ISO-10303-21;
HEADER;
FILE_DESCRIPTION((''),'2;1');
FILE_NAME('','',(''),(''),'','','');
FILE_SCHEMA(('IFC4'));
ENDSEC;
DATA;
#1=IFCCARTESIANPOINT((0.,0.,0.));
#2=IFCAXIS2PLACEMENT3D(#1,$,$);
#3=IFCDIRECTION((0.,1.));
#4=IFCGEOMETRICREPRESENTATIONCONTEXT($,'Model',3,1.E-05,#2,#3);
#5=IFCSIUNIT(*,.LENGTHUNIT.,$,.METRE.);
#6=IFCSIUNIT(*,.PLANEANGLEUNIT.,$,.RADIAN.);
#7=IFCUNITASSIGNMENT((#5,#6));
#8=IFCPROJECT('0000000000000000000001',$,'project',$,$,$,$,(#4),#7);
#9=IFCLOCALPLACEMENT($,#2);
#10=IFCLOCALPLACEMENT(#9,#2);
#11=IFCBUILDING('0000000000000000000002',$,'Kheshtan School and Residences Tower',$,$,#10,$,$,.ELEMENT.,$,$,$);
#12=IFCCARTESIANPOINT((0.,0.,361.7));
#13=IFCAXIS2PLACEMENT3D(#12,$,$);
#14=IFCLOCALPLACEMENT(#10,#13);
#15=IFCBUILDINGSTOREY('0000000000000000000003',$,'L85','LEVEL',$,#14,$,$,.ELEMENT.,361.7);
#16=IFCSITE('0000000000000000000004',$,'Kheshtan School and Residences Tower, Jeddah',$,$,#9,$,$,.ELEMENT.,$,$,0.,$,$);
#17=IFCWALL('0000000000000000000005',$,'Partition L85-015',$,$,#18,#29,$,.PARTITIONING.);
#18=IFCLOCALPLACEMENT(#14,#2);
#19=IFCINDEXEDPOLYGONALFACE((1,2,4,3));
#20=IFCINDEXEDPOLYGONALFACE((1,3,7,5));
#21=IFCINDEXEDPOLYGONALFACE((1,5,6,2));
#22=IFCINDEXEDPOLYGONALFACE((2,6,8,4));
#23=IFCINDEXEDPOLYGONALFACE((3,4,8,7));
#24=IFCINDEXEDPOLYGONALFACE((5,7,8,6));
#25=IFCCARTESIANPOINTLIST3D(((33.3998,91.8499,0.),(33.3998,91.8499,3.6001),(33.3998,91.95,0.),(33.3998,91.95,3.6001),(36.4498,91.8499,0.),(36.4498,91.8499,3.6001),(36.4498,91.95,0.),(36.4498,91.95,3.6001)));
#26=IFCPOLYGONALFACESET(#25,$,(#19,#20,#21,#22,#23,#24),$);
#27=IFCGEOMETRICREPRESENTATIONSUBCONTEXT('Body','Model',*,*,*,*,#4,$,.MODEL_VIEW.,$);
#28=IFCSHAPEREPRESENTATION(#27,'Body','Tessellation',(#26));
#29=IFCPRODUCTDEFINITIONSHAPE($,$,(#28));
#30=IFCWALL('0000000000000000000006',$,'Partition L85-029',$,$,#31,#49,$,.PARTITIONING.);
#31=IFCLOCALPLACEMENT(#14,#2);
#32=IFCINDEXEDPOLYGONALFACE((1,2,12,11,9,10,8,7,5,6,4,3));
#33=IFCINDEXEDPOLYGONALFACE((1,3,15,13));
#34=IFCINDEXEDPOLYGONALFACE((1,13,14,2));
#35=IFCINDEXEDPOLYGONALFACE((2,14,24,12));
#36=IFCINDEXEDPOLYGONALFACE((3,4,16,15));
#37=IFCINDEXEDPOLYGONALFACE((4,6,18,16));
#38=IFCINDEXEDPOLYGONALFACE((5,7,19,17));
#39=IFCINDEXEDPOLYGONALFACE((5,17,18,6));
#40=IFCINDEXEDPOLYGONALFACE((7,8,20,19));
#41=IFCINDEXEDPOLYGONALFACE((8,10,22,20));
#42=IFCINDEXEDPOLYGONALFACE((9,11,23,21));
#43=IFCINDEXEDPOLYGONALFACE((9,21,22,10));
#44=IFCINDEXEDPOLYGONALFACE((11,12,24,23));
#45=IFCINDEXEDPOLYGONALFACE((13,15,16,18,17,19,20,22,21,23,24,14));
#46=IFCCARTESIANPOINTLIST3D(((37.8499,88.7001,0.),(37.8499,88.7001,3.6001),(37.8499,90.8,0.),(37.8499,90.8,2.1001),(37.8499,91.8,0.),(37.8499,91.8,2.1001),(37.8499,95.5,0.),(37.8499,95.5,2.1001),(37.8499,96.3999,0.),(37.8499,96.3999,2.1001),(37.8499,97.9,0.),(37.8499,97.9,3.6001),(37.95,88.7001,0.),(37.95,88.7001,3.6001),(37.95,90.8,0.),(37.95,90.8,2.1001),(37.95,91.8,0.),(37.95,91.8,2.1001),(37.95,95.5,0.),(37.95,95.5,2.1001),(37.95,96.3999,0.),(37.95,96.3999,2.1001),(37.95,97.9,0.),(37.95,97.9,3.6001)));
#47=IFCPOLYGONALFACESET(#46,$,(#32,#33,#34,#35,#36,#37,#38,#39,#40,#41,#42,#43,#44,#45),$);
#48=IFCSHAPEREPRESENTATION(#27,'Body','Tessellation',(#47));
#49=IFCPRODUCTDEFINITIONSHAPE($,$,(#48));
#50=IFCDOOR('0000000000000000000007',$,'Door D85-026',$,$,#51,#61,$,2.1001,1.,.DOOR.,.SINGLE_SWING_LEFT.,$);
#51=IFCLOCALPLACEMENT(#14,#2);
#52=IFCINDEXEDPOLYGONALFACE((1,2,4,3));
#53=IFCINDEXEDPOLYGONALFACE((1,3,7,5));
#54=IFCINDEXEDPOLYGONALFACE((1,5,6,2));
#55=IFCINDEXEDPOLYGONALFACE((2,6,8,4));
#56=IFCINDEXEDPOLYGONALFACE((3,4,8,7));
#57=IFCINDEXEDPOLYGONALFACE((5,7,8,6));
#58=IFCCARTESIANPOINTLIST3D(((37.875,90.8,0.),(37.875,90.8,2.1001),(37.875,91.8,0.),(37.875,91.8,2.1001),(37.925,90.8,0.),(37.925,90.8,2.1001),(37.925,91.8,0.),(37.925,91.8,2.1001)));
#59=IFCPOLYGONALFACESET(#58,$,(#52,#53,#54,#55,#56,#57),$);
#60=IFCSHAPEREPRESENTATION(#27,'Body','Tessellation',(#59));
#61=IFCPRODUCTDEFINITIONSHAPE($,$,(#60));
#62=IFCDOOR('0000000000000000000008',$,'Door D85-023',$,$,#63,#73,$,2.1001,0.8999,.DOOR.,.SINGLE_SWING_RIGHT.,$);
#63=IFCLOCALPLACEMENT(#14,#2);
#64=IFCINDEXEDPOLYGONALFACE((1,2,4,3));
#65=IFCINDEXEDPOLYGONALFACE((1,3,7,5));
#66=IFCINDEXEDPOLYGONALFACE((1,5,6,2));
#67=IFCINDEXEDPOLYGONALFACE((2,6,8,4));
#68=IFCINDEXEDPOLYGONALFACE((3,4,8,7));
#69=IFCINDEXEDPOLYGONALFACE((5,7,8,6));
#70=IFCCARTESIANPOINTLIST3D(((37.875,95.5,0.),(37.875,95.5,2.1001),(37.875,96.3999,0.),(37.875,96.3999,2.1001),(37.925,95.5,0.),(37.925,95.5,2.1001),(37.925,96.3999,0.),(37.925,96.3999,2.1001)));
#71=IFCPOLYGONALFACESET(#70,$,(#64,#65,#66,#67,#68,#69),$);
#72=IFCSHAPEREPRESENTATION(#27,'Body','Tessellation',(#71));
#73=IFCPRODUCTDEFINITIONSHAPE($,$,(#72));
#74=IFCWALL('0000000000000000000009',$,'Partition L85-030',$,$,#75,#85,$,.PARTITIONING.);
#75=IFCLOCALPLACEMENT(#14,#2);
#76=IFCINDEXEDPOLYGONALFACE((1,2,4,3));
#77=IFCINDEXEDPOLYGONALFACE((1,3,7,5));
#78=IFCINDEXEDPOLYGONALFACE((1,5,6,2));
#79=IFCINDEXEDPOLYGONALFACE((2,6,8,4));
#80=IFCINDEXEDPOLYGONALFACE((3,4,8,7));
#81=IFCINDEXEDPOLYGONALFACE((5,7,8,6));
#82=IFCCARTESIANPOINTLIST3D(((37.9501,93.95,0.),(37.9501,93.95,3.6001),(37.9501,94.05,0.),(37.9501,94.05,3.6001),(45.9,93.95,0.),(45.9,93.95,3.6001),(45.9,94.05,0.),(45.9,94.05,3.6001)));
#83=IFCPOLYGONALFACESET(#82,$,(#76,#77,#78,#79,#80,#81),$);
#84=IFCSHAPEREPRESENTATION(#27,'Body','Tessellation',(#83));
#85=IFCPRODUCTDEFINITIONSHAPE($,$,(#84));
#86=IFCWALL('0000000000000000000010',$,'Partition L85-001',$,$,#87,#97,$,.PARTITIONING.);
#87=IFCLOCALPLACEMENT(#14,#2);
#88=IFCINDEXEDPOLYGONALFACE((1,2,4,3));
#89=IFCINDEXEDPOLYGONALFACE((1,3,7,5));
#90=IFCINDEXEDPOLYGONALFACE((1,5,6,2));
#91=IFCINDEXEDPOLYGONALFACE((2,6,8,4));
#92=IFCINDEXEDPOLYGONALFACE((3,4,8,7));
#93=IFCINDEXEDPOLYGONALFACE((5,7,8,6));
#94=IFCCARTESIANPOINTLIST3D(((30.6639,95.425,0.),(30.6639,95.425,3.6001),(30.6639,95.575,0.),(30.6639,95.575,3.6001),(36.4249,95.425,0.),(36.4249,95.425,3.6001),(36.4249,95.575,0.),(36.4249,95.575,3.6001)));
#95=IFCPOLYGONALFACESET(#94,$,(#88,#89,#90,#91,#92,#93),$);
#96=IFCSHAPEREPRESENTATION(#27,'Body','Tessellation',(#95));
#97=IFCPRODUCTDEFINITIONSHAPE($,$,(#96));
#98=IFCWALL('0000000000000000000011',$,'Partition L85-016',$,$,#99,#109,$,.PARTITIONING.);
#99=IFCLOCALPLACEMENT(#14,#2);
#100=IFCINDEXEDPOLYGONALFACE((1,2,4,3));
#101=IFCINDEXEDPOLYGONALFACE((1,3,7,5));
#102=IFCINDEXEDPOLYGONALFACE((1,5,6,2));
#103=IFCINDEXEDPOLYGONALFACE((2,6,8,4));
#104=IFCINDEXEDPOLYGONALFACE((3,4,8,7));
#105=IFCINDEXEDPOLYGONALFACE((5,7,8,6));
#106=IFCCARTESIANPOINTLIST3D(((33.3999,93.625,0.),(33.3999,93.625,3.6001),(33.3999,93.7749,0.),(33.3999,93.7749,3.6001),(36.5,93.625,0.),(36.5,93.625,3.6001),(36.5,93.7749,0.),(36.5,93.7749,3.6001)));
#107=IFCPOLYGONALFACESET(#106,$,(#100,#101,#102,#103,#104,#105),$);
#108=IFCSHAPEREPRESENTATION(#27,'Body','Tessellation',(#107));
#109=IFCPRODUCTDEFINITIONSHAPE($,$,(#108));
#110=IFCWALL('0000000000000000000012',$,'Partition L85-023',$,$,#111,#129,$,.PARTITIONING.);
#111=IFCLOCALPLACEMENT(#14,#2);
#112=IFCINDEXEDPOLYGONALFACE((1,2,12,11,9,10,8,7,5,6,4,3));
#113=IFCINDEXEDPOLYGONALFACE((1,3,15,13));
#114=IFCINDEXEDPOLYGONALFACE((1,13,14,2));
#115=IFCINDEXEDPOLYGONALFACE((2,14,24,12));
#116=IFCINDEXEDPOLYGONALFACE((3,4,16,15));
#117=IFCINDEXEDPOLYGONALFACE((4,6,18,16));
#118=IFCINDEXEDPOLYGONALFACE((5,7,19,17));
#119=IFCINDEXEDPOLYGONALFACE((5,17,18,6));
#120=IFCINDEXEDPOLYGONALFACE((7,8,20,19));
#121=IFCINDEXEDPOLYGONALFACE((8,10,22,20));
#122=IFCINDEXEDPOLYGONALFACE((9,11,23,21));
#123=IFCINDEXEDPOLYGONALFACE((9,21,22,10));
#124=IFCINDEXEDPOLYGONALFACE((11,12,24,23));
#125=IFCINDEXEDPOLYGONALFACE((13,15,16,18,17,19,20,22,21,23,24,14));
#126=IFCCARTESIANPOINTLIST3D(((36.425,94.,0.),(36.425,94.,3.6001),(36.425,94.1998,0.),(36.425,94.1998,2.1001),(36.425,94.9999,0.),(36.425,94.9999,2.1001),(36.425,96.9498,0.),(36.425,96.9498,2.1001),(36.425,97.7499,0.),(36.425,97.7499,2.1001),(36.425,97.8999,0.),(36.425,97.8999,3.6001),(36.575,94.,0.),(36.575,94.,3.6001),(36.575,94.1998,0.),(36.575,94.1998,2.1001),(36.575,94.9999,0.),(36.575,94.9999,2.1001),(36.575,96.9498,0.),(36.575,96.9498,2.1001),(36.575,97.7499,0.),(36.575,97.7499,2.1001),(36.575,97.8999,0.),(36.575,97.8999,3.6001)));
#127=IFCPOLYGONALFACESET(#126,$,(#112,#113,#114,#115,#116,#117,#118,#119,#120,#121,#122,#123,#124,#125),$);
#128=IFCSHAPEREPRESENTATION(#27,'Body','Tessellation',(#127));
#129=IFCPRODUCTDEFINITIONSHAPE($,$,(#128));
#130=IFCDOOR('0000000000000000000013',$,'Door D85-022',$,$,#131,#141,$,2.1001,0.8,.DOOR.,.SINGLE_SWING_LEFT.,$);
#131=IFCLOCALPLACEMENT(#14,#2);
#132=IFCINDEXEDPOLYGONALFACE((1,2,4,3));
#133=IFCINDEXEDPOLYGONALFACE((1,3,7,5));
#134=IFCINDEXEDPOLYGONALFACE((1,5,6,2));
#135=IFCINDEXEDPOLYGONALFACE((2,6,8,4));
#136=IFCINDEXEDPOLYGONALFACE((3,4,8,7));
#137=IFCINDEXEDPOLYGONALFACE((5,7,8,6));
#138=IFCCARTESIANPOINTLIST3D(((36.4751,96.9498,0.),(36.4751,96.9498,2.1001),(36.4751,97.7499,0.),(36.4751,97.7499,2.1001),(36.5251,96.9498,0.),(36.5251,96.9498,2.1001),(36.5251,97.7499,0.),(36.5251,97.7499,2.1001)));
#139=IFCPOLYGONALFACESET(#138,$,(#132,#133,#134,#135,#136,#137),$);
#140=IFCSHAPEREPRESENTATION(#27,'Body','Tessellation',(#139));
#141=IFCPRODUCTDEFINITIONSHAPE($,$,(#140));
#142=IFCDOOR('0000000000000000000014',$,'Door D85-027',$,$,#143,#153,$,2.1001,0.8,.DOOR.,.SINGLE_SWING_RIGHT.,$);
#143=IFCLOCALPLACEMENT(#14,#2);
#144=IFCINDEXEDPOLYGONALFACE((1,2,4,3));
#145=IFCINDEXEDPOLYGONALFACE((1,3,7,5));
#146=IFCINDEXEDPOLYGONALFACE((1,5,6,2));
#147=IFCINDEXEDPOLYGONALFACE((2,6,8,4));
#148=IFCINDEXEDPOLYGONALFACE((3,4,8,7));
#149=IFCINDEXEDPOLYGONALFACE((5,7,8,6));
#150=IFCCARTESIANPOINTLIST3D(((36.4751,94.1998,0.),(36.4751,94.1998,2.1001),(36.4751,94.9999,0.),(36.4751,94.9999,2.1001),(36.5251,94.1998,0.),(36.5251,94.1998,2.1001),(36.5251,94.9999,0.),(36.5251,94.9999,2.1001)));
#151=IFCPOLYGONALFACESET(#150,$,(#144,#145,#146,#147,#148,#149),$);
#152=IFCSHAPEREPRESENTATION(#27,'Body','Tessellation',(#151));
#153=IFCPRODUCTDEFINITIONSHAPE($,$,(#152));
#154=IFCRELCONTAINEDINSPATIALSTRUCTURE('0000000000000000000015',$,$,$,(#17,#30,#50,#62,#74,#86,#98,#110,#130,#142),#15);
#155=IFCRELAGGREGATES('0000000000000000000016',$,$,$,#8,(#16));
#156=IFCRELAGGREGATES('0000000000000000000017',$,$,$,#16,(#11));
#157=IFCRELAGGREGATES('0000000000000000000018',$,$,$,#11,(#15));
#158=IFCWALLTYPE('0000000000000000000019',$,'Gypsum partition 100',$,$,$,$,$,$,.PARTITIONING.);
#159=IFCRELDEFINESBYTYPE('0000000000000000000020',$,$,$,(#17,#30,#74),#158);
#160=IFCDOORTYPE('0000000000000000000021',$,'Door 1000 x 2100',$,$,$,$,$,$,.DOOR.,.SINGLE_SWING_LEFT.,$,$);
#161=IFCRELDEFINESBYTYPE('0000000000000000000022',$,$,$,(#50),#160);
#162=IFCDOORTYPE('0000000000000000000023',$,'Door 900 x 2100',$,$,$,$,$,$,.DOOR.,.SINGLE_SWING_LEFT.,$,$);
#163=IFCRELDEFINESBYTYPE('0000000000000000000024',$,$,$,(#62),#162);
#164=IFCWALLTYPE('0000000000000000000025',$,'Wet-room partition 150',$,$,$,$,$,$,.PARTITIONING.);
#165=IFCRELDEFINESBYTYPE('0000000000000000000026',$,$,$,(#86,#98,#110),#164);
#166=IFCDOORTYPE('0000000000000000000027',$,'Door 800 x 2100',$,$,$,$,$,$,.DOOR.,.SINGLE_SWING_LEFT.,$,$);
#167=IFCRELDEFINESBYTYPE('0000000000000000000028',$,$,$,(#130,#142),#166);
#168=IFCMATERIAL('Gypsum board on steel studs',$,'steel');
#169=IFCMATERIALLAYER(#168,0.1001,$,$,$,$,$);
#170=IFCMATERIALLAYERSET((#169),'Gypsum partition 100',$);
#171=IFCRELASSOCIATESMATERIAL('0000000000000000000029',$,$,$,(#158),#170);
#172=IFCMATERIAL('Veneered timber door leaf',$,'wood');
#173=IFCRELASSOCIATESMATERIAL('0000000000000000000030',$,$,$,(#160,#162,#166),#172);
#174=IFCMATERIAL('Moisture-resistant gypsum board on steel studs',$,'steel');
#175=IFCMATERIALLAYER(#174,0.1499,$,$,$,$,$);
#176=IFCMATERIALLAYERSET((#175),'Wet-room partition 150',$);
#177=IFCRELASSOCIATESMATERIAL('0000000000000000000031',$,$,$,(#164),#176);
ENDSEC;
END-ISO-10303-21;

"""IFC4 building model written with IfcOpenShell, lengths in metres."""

from ifc_helpers import new_model, si_unit, direction, frame, frame_2d, origin, place, context, subcontext, project, spatial, rectangle, extrude, source, transform, mapped, material, layer, layer_set, type_object, element, fill, save


model = new_model("IFC4")

# Units and contexts
model_context = context("Model", 3, precision=1e-05, world=origin(), true_north=direction((0.0, 1.0)))
body_context = subcontext(model_context, "Body", "Model", "MODEL_VIEW")
ifc_project = project(units=[si_unit("LENGTHUNIT", "METRE"), si_unit("PLANEANGLEUNIT", "RADIAN")], contexts=[model_context])

# Site, building, storey
site_placement = place(None, origin())
site = spatial("IfcSite", under=ifc_project, at=site_placement, Name="Kheshtan School and Residences Tower, Jeddah", CompositionType="ELEMENT", RefElevation=0.0)
building_placement = place(site_placement, origin())
building = spatial("IfcBuilding", under=site, at=building_placement, Name="Kheshtan School and Residences Tower", CompositionType="ELEMENT")
storey_placement = place(building_placement, frame((0.0, 0.0, 361.7)))
storey = spatial("IfcBuildingStorey", under=building, at=storey_placement, Name="L85", Description="LEVEL", CompositionType="ELEMENT", Elevation=361.7)

# Wall
ifc_material_1 = material(Name="Gypsum board on steel studs", Category="steel")
ifc_layer_1 = layer(ifc_material_1, 0.1001)
ifc_layer_set_1 = layer_set([ifc_layer_1], Name="Gypsum partition 100")
wall_type_1 = type_object("IfcWallType", Name="Gypsum partition 100", PredefinedType="PARTITIONING", material=ifc_layer_set_1)
wall_1_placement = place(storey_placement, frame((33.3999, 91.8999, 0.0), z_axis=(0.0, 0.0, 1.0), x_axis=(1.0, 0.0, 0.0)))
element("IfcWall", 1, at=wall_1_placement, inside=storey, type_object=wall_type_1, Name="Partition L85-015", PredefinedType="PARTITIONING", context=body_context, shape_type="SweptSolid", body=[
    extrude(rectangle(XDim=3.05, YDim=0.1001, at=frame_2d((1.5249, 0.0))), origin(), (0.0, 0.0, 1.0), 3.6001),
])

# Wall, openings, doors
wall_2_placement = place(storey_placement, frame((37.8999, 88.7, 0.0), z_axis=(0.0, 0.0, 1.0), x_axis=(0.0, 1.0, 0.0)))
wall_2 = element("IfcWall", 2, at=wall_2_placement, inside=storey, type_object=wall_type_1, Name="Partition L85-029", PredefinedType="PARTITIONING", context=body_context, shape_type="SweptSolid", body=[
    extrude(rectangle(XDim=9.2, YDim=0.1001, at=frame_2d((4.6001, 0.0))), origin(), (0.0, 0.0, 1.0), 3.6001),
])
opening_1_placement = place(wall_2_placement, frame((6.8, 0.0, 0.0)))
opening_1 = element("IfcOpeningElement", 3, at=opening_1_placement, cuts=wall_2, PredefinedType="OPENING", context=body_context, shape_type="SweptSolid", body=[
    extrude(rectangle(XDim=0.8999, YDim=2.1001, at=frame_2d((0.45, 1.05))), frame((0.0, 0.0601, 0.0), z_axis=(0.0, -1.0, 0.0), x_axis=(1.0, 0.0, 0.0)), (0.0, 0.0, 1.0), 0.1201),
])
opening_2_placement = place(wall_2_placement, frame((2.1001, 0.0, 0.0)))
opening_2 = element("IfcOpeningElement", 4, at=opening_2_placement, cuts=wall_2, PredefinedType="OPENING", context=body_context, shape_type="SweptSolid", body=[
    extrude(rectangle(XDim=1.0, YDim=2.1001, at=frame_2d((0.5, 1.05))), frame((0.0, 0.0601, 0.0), z_axis=(0.0, -1.0, 0.0), x_axis=(1.0, 0.0, 0.0)), (0.0, 0.0, 1.0), 0.1201),
])
ifc_material_2 = material(Name="Veneered timber door leaf", Category="wood")
door_type_1 = type_object("IfcDoorType", Name="Door 1000 x 2100", OperationType="SINGLE_SWING_LEFT", PredefinedType="DOOR", material=ifc_material_2)
shared_shape_1 = source(origin(), body_context, "Body", "SweptSolid", [
    extrude(rectangle(XDim=1.0, YDim=2.1001, at=frame_2d((0.5, 1.05))), frame((0.0, 0.0249, 0.0), z_axis=(0.0, -1.0, 0.0), x_axis=(1.0, 0.0, 0.0)), (0.0, 0.0, 1.0), 0.05),
])
door_1_placement = place(opening_2_placement, origin())
door_1 = element("IfcDoor", 5, at=door_1_placement, inside=storey, type_object=door_type_1, Name="Door D85-026", OperationType="SINGLE_SWING_LEFT", OverallHeight=2.1001, OverallWidth=1.0, PredefinedType="DOOR", context=body_context, shape_type="MappedRepresentation", body=[
    mapped(shared_shape_1, transform((0.0, 0.0, 0.0), x_axis=(1.0, 0.0, 0.0), y_axis=(0.0, 1.0, 0.0), z_axis=(0.0, 0.0, 1.0), scale=1.0)),
])
fill(opening_2, door_1)
door_type_2 = type_object("IfcDoorType", Name="Door 900 x 2100", OperationType="SINGLE_SWING_LEFT", PredefinedType="DOOR", material=ifc_material_2)
shared_shape_2 = source(origin(), body_context, "Body", "SweptSolid", [
    extrude(rectangle(XDim=0.8999, YDim=2.1001, at=frame_2d((0.45, 1.05))), frame((0.0, 0.0249, 0.0), z_axis=(0.0, -1.0, 0.0), x_axis=(1.0, 0.0, 0.0)), (0.0, 0.0, 1.0), 0.05),
])
door_2_placement = place(opening_1_placement, origin())
door_2 = element("IfcDoor", 6, at=door_2_placement, inside=storey, type_object=door_type_2, Name="Door D85-023", OperationType="SINGLE_SWING_RIGHT", OverallHeight=2.1001, OverallWidth=0.8999, PredefinedType="DOOR", context=body_context, shape_type="MappedRepresentation", body=[
    mapped(shared_shape_2, transform((0.0, 0.0, 0.0), x_axis=(1.0, 0.0, 0.0), y_axis=(0.0, 1.0, 0.0), z_axis=(0.0, 0.0, 1.0), scale=1.0)),
])
fill(opening_1, door_2)

# Walls
wall_3_placement = place(storey_placement, frame((37.95, 94.0, 0.0), z_axis=(0.0, 0.0, 1.0), x_axis=(1.0, 0.0, 0.0)))
element("IfcWall", 7, at=wall_3_placement, inside=storey, type_object=wall_type_1, Name="Partition L85-030", PredefinedType="PARTITIONING", context=body_context, shape_type="SweptSolid", body=[
    extrude(rectangle(XDim=7.95, YDim=0.1001, at=frame_2d((3.9751, 0.0))), origin(), (0.0, 0.0, 1.0), 3.6001),
])
ifc_material_3 = material(Name="Moisture-resistant gypsum board on steel studs", Category="steel")
ifc_layer_2 = layer(ifc_material_3, 0.1499)
ifc_layer_set_2 = layer_set([ifc_layer_2], Name="Wet-room partition 150")
wall_type_2 = type_object("IfcWallType", Name="Wet-room partition 150", PredefinedType="PARTITIONING", material=ifc_layer_set_2)
wall_4_placement = place(storey_placement, frame((30.6641, 95.5, 0.0), z_axis=(0.0, 0.0, 1.0), x_axis=(1.0, 0.0, 0.0)))
element("IfcWall", 8, at=wall_4_placement, inside=storey, type_object=wall_type_2, Name="Partition L85-001", PredefinedType="PARTITIONING", context=body_context, shape_type="SweptSolid", body=[
    extrude(rectangle(XDim=5.761, YDim=0.1499, at=frame_2d((2.8804, 0.0))), origin(), (0.0, 0.0, 1.0), 3.6001),
])
wall_5_placement = place(storey_placement, frame((33.3999, 93.7, 0.0), z_axis=(0.0, 0.0, 1.0), x_axis=(1.0, 0.0, 0.0)))
element("IfcWall", 9, at=wall_5_placement, inside=storey, type_object=wall_type_2, Name="Partition L85-016", PredefinedType="PARTITIONING", context=body_context, shape_type="SweptSolid", body=[
    extrude(rectangle(XDim=3.1001, YDim=0.1499, at=frame_2d((1.55, 0.0))), origin(), (0.0, 0.0, 1.0), 3.6001),
])

# Wall, openings, doors
wall_6_placement = place(storey_placement, frame((36.5, 94.0, 0.0), z_axis=(0.0, 0.0, 1.0), x_axis=(0.0, 1.0, 0.0)))
wall_6 = element("IfcWall", 10, at=wall_6_placement, inside=storey, type_object=wall_type_2, Name="Partition L85-023", PredefinedType="PARTITIONING", context=body_context, shape_type="SweptSolid", body=[
    extrude(rectangle(XDim=3.8999, YDim=0.1499, at=frame_2d((1.95, 0.0))), origin(), (0.0, 0.0, 1.0), 3.6001),
])
opening_3_placement = place(wall_6_placement, frame((2.95, 0.0, 0.0)))
opening_3 = element("IfcOpeningElement", 11, at=opening_3_placement, cuts=wall_6, PredefinedType="OPENING", context=body_context, shape_type="SweptSolid", body=[
    extrude(rectangle(XDim=0.8, YDim=2.1001, at=frame_2d((0.3999, 1.05))), frame((0.0, 0.085, 0.0), z_axis=(0.0, -1.0, 0.0), x_axis=(1.0, 0.0, 0.0)), (0.0, 0.0, 1.0), 0.1699),
])
opening_4_placement = place(wall_6_placement, frame((0.2, 0.0, 0.0)))
opening_4 = element("IfcOpeningElement", 12, at=opening_4_placement, cuts=wall_6, PredefinedType="OPENING", context=body_context, shape_type="SweptSolid", body=[
    extrude(rectangle(XDim=0.8, YDim=2.1001, at=frame_2d((0.3999, 1.05))), frame((0.0, 0.085, 0.0), z_axis=(0.0, -1.0, 0.0), x_axis=(1.0, 0.0, 0.0)), (0.0, 0.0, 1.0), 0.1699),
])
door_type_3 = type_object("IfcDoorType", Name="Door 800 x 2100", OperationType="SINGLE_SWING_LEFT", PredefinedType="DOOR", material=ifc_material_2)
shared_shape_3 = source(origin(), body_context, "Body", "SweptSolid", [
    extrude(rectangle(XDim=0.8, YDim=2.1001, at=frame_2d((0.3999, 1.05))), frame((0.0, 0.0249, 0.0), z_axis=(0.0, -1.0, 0.0), x_axis=(1.0, 0.0, 0.0)), (0.0, 0.0, 1.0), 0.05),
])
door_3_placement = place(opening_3_placement, origin())
door_3 = element("IfcDoor", 13, at=door_3_placement, inside=storey, type_object=door_type_3, Name="Door D85-022", OperationType="SINGLE_SWING_LEFT", OverallHeight=2.1001, OverallWidth=0.8, PredefinedType="DOOR", context=body_context, shape_type="MappedRepresentation", body=[
    mapped(shared_shape_3, transform((0.0, 0.0, 0.0), x_axis=(1.0, 0.0, 0.0), y_axis=(0.0, 1.0, 0.0), z_axis=(0.0, 0.0, 1.0), scale=1.0)),
])
fill(opening_3, door_3)
door_4_placement = place(opening_4_placement, origin())
door_4 = element("IfcDoor", 14, at=door_4_placement, inside=storey, type_object=door_type_3, Name="Door D85-027", OperationType="SINGLE_SWING_RIGHT", OverallHeight=2.1001, OverallWidth=0.8, PredefinedType="DOOR", context=body_context, shape_type="MappedRepresentation", body=[
    mapped(shared_shape_3, transform((0.0, 0.0, 0.0), x_axis=(1.0, 0.0, 0.0), y_axis=(0.0, 1.0, 0.0), z_axis=(0.0, 0.0, 1.0), scale=1.0)),
])
fill(opening_4, door_4)

save(model, "model.ifc")
